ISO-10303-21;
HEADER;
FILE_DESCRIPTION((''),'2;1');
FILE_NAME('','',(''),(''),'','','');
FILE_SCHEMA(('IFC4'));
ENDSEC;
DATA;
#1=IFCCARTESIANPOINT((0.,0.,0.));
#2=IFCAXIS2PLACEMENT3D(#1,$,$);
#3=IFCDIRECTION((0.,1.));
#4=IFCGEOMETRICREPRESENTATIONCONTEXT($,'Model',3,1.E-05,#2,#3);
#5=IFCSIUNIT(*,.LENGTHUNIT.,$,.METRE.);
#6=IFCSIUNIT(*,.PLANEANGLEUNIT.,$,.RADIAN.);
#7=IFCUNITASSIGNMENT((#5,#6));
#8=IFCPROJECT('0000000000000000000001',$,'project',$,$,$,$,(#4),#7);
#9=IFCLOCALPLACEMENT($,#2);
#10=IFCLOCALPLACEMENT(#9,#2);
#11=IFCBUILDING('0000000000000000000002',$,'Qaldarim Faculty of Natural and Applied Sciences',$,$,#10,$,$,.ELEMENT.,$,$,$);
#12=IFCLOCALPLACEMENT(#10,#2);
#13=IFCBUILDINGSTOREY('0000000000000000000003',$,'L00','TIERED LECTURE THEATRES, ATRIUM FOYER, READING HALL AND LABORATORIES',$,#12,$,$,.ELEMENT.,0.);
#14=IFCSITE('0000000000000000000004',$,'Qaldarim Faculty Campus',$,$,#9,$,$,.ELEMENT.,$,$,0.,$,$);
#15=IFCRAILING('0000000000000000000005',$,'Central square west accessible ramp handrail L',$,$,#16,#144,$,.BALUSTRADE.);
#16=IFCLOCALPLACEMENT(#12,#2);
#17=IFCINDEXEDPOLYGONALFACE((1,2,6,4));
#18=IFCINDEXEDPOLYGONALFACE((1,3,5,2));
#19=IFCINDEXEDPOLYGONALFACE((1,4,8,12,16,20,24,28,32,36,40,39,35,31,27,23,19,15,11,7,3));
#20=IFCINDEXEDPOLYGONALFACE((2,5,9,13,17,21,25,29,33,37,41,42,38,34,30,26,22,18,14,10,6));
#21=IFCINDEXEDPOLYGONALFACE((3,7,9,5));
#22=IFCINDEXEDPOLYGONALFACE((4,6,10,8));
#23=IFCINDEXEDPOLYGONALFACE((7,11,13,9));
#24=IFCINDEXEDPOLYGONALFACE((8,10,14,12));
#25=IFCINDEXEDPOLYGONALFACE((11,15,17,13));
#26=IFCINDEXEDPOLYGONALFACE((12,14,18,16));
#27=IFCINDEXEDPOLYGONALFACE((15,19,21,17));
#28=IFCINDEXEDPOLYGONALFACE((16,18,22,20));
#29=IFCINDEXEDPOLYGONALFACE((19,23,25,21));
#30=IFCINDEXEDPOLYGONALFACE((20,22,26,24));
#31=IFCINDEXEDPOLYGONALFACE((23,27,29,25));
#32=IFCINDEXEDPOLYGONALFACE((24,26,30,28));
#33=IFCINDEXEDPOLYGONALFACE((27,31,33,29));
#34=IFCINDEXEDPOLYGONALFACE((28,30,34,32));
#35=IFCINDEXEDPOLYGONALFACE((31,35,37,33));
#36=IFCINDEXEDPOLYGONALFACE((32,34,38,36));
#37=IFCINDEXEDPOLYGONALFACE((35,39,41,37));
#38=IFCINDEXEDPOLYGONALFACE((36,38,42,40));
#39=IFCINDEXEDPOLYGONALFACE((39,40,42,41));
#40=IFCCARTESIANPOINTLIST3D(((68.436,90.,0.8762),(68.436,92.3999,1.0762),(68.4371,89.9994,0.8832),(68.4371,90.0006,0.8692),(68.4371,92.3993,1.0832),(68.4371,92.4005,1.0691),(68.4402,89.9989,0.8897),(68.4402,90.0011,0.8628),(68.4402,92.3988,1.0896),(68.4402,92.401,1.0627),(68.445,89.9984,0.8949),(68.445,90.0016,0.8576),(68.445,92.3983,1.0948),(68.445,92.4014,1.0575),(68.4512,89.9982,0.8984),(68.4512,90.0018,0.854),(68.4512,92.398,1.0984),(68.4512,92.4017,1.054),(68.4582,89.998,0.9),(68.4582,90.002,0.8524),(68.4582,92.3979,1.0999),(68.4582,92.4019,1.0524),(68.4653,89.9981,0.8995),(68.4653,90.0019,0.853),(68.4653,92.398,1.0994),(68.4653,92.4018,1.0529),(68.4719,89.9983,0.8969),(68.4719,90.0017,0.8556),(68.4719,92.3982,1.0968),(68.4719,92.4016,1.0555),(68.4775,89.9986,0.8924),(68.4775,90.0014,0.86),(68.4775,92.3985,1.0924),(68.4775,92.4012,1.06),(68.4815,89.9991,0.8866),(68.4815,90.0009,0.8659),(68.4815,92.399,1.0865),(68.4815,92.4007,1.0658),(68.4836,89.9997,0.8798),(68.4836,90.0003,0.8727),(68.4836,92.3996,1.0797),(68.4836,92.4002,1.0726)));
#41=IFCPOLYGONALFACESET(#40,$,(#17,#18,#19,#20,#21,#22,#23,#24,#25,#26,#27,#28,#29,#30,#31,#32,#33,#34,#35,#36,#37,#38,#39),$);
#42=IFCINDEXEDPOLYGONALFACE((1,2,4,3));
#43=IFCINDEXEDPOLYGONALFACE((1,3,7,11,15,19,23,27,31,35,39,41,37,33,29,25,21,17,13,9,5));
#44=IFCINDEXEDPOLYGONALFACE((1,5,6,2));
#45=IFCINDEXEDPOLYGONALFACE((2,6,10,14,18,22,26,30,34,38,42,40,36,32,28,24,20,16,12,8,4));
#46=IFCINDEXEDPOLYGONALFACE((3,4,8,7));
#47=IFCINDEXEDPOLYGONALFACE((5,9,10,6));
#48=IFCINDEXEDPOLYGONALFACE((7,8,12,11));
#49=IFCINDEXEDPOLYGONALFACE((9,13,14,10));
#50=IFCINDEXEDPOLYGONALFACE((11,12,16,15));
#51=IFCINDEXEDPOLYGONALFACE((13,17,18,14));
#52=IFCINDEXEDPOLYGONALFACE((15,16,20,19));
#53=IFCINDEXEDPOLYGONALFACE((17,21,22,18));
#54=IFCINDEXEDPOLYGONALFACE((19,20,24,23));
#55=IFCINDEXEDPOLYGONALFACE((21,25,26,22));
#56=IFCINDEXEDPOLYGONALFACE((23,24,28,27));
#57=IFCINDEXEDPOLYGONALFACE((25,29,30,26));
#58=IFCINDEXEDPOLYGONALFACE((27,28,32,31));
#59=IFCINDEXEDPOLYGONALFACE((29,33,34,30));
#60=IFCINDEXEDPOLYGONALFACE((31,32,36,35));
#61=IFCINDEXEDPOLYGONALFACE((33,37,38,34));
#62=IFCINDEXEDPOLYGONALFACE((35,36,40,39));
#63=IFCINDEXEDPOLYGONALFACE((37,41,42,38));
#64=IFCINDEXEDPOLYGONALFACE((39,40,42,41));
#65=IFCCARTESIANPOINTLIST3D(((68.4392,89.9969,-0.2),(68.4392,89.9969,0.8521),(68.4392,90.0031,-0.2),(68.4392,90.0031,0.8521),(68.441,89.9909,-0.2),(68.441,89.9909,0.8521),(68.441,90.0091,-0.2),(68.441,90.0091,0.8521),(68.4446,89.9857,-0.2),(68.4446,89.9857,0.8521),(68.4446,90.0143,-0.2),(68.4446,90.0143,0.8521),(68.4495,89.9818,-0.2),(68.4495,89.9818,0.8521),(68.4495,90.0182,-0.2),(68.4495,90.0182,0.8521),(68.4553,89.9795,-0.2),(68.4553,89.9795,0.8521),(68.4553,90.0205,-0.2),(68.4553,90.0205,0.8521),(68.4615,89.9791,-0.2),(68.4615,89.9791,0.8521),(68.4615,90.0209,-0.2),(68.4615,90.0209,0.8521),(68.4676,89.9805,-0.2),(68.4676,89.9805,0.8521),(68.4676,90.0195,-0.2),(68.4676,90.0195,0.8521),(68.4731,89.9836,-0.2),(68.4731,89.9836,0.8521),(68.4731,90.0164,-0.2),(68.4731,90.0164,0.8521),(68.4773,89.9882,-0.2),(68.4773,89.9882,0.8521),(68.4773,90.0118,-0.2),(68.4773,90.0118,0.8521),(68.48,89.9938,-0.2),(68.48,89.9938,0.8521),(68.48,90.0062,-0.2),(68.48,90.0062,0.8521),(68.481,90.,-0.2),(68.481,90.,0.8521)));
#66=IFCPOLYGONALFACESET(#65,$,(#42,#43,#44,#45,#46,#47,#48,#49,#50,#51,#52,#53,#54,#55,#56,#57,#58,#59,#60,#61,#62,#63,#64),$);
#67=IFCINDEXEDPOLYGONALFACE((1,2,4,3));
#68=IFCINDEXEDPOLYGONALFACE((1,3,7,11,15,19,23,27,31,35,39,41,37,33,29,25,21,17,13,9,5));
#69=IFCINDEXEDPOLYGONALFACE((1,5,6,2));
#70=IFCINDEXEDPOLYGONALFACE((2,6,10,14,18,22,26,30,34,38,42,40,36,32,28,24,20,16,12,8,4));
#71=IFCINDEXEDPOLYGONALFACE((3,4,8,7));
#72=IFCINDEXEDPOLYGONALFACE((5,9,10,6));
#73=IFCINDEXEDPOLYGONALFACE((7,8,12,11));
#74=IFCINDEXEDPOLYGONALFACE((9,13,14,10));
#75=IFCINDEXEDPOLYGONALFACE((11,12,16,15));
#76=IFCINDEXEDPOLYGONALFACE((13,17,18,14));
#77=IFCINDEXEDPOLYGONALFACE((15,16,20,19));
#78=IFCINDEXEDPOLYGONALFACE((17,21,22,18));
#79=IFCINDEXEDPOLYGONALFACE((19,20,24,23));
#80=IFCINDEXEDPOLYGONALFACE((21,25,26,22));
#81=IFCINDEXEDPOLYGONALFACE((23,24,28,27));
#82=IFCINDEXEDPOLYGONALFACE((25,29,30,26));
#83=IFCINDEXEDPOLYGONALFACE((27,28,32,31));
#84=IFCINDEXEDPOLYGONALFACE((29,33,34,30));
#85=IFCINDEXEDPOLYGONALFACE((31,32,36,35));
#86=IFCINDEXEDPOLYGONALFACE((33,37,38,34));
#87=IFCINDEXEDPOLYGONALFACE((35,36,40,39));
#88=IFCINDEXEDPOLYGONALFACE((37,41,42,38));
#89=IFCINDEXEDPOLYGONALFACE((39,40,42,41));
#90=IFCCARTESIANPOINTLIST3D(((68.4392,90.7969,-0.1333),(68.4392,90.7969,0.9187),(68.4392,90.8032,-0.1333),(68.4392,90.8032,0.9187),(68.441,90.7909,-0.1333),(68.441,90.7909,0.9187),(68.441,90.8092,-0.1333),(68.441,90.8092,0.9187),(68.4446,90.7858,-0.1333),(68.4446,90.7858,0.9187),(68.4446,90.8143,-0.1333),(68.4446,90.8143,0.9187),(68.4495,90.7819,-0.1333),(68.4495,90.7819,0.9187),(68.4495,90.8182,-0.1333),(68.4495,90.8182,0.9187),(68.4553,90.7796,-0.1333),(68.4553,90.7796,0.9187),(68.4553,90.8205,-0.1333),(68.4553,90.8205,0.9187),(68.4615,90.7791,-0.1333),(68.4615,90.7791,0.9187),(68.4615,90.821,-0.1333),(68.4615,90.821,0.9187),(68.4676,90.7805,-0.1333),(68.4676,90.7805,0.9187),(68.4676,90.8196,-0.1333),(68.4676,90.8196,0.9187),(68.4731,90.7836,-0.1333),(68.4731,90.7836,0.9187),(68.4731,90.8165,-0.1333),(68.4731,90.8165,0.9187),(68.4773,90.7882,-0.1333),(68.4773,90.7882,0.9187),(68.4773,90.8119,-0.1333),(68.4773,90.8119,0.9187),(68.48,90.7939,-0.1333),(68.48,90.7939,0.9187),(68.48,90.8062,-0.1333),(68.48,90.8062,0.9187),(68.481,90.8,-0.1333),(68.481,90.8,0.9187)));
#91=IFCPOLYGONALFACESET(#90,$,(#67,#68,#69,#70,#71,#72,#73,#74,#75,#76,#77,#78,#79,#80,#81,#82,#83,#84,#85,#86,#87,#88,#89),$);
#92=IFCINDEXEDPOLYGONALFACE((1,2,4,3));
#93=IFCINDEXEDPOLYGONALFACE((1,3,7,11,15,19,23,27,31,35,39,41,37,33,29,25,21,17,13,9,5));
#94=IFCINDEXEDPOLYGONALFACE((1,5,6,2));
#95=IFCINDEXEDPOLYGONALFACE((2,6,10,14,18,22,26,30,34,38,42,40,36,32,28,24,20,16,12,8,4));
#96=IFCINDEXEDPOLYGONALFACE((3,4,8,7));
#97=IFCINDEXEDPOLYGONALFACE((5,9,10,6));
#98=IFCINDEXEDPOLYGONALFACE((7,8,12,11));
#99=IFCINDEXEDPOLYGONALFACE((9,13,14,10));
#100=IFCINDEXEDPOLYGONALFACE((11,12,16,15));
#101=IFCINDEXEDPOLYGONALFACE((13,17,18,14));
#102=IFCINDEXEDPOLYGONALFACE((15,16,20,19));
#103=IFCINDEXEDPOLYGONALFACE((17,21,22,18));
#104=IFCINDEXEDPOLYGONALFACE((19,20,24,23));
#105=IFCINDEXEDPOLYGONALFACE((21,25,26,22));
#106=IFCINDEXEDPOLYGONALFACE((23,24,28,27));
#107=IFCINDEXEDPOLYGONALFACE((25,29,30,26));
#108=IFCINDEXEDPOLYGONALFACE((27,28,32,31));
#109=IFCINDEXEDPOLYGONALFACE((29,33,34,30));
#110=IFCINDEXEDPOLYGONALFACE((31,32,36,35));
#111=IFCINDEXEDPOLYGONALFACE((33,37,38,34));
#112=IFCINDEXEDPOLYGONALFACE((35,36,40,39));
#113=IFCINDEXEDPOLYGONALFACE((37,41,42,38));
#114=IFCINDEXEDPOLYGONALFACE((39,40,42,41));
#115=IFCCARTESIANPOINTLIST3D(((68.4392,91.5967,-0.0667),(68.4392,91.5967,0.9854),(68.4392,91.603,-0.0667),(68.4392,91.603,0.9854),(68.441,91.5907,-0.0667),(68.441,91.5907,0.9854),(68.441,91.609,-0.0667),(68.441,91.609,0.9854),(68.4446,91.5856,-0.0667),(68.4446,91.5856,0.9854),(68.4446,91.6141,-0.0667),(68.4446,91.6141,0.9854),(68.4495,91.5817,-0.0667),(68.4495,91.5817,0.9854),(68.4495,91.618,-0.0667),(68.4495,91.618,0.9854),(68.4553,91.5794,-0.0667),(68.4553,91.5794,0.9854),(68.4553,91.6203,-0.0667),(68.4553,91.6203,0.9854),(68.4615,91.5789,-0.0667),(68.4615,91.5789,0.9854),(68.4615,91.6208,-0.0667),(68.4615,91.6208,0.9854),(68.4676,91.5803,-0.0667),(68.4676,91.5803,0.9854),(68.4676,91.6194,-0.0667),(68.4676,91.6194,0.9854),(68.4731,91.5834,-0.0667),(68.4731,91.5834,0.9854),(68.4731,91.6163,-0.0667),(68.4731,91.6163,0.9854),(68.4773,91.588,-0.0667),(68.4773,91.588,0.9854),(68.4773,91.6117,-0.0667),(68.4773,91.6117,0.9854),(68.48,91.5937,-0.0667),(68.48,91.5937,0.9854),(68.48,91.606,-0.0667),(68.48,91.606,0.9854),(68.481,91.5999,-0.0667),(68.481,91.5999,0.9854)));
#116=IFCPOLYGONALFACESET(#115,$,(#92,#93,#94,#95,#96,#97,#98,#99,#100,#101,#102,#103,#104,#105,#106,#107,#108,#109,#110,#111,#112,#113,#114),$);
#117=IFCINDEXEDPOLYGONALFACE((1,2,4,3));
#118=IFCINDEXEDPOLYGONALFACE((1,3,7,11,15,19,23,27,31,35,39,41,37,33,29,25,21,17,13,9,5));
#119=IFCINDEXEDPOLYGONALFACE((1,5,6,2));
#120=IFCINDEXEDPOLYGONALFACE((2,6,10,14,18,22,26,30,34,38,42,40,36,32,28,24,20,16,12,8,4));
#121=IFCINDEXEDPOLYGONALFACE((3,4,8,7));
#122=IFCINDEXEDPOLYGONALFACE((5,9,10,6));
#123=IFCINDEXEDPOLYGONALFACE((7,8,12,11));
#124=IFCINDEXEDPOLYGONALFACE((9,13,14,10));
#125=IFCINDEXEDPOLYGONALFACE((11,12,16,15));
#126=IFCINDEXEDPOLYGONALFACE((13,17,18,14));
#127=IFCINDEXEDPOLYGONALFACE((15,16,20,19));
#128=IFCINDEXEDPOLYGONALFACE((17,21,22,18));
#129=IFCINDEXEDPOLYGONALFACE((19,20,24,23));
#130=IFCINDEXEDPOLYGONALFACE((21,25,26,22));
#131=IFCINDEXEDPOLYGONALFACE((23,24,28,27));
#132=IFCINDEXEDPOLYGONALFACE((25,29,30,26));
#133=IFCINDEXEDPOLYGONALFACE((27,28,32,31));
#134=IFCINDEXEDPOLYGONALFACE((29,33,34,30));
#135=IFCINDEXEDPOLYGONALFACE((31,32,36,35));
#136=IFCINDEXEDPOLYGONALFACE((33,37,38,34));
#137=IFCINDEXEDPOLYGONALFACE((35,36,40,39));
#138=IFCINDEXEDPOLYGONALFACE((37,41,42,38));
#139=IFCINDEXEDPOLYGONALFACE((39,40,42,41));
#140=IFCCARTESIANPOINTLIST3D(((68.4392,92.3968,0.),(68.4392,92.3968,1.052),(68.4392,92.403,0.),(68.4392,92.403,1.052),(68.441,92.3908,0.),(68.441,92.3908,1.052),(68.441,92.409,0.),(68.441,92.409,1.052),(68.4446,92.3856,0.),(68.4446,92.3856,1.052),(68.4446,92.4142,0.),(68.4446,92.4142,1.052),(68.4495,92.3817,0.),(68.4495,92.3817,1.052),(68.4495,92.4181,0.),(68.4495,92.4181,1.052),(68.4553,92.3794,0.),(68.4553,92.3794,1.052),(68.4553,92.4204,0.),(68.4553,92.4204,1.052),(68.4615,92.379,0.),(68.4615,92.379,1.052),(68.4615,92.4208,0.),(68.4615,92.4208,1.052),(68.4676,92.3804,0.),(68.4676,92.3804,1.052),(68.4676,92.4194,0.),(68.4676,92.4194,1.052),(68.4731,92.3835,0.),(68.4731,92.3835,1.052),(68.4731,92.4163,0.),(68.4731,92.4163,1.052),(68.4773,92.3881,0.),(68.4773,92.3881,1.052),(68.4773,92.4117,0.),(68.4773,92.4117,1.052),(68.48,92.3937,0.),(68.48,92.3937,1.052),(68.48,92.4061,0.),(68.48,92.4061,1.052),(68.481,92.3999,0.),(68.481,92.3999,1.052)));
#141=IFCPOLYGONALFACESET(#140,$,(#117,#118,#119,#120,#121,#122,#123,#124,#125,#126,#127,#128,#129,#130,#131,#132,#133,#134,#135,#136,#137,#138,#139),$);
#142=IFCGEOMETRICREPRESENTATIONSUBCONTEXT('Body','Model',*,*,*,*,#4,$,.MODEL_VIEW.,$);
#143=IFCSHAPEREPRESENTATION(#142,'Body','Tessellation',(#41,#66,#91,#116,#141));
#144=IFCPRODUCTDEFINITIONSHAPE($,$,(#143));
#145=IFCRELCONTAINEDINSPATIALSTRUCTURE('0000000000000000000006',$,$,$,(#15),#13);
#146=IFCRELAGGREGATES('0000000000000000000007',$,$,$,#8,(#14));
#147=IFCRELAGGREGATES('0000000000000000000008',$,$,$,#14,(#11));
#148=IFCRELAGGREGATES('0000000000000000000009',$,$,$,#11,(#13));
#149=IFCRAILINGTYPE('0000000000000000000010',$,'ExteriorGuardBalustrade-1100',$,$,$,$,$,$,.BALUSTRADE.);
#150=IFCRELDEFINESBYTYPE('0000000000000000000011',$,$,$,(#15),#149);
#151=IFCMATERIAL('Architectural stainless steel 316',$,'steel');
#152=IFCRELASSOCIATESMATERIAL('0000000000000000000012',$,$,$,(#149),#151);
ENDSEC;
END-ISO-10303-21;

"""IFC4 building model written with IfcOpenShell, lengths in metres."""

from ifc_helpers import new_model, si_unit, direction, frame, origin, origin_2d, place, context, subcontext, project, spatial, circle, extrude, material, type_object, element, save


model = new_model("IFC4")

# Units and contexts
model_context = context("Model", 3, precision=1e-05, world=origin(), true_north=direction((0.0, 1.0)))
body_context = subcontext(model_context, "Body", "Model", "MODEL_VIEW")
ifc_project = project(units=[si_unit("LENGTHUNIT", "METRE"), si_unit("PLANEANGLEUNIT", "RADIAN")], contexts=[model_context])

# Site, building, storey
site_placement = place(None, origin())
site = spatial("IfcSite", under=ifc_project, at=site_placement, Name="Qaldarim Faculty Campus", CompositionType="ELEMENT", RefElevation=0.0)
building_placement = place(site_placement, origin())
building = spatial("IfcBuilding", under=site, at=building_placement, Name="Qaldarim Faculty of Natural and Applied Sciences", CompositionType="ELEMENT")
storey_placement = place(building_placement, origin())
storey = spatial("IfcBuildingStorey", under=building, at=storey_placement, Name="L00", Description="TIERED LECTURE THEATRES, ATRIUM FOYER, READING HALL AND LABORATORIES", CompositionType="ELEMENT", Elevation=0.0)

# Railing
ifc_material_1 = material(Name="Architectural stainless steel 316", Category="steel")
railing_type = type_object("IfcRailingType", Name="ExteriorGuardBalustrade-1100", PredefinedType="BALUSTRADE", material=ifc_material_1)
railing_placement = place(storey_placement, frame((68.46, 90.0, -0.2)))
element("IfcRailing", 1, at=railing_placement, inside=storey, type_object=railing_type, Name="Central square west accessible ramp handrail L", PredefinedType="BALUSTRADE", context=body_context, shape_type="SweptSolid", body=[
    extrude(circle(Radius=0.0239, at=origin_2d()), frame((0.0, 0.0, 1.0762), z_axis=(0.0, 0.996547, 0.083029), x_axis=(-1.0, 0.0, 0.0)), (0.0, 0.0, 1.0), 2.4082),
    extrude(circle(Radius=0.021, at=origin_2d()), origin(), (0.0, 0.0, 1.0), 1.052),
    extrude(circle(Radius=0.021, at=origin_2d()), frame((0.0, 0.8, 0.0667)), (0.0, 0.0, 1.0), 1.052),
    extrude(circle(Radius=0.021, at=origin_2d()), frame((0.0, 1.5999, 0.1333)), (0.0, 0.0, 1.0), 1.052),
    extrude(circle(Radius=0.021, at=origin_2d()), frame((0.0, 2.3999, 0.2)), (0.0, 0.0, 1.0), 1.052),
])

save(model, "model.ifc")
